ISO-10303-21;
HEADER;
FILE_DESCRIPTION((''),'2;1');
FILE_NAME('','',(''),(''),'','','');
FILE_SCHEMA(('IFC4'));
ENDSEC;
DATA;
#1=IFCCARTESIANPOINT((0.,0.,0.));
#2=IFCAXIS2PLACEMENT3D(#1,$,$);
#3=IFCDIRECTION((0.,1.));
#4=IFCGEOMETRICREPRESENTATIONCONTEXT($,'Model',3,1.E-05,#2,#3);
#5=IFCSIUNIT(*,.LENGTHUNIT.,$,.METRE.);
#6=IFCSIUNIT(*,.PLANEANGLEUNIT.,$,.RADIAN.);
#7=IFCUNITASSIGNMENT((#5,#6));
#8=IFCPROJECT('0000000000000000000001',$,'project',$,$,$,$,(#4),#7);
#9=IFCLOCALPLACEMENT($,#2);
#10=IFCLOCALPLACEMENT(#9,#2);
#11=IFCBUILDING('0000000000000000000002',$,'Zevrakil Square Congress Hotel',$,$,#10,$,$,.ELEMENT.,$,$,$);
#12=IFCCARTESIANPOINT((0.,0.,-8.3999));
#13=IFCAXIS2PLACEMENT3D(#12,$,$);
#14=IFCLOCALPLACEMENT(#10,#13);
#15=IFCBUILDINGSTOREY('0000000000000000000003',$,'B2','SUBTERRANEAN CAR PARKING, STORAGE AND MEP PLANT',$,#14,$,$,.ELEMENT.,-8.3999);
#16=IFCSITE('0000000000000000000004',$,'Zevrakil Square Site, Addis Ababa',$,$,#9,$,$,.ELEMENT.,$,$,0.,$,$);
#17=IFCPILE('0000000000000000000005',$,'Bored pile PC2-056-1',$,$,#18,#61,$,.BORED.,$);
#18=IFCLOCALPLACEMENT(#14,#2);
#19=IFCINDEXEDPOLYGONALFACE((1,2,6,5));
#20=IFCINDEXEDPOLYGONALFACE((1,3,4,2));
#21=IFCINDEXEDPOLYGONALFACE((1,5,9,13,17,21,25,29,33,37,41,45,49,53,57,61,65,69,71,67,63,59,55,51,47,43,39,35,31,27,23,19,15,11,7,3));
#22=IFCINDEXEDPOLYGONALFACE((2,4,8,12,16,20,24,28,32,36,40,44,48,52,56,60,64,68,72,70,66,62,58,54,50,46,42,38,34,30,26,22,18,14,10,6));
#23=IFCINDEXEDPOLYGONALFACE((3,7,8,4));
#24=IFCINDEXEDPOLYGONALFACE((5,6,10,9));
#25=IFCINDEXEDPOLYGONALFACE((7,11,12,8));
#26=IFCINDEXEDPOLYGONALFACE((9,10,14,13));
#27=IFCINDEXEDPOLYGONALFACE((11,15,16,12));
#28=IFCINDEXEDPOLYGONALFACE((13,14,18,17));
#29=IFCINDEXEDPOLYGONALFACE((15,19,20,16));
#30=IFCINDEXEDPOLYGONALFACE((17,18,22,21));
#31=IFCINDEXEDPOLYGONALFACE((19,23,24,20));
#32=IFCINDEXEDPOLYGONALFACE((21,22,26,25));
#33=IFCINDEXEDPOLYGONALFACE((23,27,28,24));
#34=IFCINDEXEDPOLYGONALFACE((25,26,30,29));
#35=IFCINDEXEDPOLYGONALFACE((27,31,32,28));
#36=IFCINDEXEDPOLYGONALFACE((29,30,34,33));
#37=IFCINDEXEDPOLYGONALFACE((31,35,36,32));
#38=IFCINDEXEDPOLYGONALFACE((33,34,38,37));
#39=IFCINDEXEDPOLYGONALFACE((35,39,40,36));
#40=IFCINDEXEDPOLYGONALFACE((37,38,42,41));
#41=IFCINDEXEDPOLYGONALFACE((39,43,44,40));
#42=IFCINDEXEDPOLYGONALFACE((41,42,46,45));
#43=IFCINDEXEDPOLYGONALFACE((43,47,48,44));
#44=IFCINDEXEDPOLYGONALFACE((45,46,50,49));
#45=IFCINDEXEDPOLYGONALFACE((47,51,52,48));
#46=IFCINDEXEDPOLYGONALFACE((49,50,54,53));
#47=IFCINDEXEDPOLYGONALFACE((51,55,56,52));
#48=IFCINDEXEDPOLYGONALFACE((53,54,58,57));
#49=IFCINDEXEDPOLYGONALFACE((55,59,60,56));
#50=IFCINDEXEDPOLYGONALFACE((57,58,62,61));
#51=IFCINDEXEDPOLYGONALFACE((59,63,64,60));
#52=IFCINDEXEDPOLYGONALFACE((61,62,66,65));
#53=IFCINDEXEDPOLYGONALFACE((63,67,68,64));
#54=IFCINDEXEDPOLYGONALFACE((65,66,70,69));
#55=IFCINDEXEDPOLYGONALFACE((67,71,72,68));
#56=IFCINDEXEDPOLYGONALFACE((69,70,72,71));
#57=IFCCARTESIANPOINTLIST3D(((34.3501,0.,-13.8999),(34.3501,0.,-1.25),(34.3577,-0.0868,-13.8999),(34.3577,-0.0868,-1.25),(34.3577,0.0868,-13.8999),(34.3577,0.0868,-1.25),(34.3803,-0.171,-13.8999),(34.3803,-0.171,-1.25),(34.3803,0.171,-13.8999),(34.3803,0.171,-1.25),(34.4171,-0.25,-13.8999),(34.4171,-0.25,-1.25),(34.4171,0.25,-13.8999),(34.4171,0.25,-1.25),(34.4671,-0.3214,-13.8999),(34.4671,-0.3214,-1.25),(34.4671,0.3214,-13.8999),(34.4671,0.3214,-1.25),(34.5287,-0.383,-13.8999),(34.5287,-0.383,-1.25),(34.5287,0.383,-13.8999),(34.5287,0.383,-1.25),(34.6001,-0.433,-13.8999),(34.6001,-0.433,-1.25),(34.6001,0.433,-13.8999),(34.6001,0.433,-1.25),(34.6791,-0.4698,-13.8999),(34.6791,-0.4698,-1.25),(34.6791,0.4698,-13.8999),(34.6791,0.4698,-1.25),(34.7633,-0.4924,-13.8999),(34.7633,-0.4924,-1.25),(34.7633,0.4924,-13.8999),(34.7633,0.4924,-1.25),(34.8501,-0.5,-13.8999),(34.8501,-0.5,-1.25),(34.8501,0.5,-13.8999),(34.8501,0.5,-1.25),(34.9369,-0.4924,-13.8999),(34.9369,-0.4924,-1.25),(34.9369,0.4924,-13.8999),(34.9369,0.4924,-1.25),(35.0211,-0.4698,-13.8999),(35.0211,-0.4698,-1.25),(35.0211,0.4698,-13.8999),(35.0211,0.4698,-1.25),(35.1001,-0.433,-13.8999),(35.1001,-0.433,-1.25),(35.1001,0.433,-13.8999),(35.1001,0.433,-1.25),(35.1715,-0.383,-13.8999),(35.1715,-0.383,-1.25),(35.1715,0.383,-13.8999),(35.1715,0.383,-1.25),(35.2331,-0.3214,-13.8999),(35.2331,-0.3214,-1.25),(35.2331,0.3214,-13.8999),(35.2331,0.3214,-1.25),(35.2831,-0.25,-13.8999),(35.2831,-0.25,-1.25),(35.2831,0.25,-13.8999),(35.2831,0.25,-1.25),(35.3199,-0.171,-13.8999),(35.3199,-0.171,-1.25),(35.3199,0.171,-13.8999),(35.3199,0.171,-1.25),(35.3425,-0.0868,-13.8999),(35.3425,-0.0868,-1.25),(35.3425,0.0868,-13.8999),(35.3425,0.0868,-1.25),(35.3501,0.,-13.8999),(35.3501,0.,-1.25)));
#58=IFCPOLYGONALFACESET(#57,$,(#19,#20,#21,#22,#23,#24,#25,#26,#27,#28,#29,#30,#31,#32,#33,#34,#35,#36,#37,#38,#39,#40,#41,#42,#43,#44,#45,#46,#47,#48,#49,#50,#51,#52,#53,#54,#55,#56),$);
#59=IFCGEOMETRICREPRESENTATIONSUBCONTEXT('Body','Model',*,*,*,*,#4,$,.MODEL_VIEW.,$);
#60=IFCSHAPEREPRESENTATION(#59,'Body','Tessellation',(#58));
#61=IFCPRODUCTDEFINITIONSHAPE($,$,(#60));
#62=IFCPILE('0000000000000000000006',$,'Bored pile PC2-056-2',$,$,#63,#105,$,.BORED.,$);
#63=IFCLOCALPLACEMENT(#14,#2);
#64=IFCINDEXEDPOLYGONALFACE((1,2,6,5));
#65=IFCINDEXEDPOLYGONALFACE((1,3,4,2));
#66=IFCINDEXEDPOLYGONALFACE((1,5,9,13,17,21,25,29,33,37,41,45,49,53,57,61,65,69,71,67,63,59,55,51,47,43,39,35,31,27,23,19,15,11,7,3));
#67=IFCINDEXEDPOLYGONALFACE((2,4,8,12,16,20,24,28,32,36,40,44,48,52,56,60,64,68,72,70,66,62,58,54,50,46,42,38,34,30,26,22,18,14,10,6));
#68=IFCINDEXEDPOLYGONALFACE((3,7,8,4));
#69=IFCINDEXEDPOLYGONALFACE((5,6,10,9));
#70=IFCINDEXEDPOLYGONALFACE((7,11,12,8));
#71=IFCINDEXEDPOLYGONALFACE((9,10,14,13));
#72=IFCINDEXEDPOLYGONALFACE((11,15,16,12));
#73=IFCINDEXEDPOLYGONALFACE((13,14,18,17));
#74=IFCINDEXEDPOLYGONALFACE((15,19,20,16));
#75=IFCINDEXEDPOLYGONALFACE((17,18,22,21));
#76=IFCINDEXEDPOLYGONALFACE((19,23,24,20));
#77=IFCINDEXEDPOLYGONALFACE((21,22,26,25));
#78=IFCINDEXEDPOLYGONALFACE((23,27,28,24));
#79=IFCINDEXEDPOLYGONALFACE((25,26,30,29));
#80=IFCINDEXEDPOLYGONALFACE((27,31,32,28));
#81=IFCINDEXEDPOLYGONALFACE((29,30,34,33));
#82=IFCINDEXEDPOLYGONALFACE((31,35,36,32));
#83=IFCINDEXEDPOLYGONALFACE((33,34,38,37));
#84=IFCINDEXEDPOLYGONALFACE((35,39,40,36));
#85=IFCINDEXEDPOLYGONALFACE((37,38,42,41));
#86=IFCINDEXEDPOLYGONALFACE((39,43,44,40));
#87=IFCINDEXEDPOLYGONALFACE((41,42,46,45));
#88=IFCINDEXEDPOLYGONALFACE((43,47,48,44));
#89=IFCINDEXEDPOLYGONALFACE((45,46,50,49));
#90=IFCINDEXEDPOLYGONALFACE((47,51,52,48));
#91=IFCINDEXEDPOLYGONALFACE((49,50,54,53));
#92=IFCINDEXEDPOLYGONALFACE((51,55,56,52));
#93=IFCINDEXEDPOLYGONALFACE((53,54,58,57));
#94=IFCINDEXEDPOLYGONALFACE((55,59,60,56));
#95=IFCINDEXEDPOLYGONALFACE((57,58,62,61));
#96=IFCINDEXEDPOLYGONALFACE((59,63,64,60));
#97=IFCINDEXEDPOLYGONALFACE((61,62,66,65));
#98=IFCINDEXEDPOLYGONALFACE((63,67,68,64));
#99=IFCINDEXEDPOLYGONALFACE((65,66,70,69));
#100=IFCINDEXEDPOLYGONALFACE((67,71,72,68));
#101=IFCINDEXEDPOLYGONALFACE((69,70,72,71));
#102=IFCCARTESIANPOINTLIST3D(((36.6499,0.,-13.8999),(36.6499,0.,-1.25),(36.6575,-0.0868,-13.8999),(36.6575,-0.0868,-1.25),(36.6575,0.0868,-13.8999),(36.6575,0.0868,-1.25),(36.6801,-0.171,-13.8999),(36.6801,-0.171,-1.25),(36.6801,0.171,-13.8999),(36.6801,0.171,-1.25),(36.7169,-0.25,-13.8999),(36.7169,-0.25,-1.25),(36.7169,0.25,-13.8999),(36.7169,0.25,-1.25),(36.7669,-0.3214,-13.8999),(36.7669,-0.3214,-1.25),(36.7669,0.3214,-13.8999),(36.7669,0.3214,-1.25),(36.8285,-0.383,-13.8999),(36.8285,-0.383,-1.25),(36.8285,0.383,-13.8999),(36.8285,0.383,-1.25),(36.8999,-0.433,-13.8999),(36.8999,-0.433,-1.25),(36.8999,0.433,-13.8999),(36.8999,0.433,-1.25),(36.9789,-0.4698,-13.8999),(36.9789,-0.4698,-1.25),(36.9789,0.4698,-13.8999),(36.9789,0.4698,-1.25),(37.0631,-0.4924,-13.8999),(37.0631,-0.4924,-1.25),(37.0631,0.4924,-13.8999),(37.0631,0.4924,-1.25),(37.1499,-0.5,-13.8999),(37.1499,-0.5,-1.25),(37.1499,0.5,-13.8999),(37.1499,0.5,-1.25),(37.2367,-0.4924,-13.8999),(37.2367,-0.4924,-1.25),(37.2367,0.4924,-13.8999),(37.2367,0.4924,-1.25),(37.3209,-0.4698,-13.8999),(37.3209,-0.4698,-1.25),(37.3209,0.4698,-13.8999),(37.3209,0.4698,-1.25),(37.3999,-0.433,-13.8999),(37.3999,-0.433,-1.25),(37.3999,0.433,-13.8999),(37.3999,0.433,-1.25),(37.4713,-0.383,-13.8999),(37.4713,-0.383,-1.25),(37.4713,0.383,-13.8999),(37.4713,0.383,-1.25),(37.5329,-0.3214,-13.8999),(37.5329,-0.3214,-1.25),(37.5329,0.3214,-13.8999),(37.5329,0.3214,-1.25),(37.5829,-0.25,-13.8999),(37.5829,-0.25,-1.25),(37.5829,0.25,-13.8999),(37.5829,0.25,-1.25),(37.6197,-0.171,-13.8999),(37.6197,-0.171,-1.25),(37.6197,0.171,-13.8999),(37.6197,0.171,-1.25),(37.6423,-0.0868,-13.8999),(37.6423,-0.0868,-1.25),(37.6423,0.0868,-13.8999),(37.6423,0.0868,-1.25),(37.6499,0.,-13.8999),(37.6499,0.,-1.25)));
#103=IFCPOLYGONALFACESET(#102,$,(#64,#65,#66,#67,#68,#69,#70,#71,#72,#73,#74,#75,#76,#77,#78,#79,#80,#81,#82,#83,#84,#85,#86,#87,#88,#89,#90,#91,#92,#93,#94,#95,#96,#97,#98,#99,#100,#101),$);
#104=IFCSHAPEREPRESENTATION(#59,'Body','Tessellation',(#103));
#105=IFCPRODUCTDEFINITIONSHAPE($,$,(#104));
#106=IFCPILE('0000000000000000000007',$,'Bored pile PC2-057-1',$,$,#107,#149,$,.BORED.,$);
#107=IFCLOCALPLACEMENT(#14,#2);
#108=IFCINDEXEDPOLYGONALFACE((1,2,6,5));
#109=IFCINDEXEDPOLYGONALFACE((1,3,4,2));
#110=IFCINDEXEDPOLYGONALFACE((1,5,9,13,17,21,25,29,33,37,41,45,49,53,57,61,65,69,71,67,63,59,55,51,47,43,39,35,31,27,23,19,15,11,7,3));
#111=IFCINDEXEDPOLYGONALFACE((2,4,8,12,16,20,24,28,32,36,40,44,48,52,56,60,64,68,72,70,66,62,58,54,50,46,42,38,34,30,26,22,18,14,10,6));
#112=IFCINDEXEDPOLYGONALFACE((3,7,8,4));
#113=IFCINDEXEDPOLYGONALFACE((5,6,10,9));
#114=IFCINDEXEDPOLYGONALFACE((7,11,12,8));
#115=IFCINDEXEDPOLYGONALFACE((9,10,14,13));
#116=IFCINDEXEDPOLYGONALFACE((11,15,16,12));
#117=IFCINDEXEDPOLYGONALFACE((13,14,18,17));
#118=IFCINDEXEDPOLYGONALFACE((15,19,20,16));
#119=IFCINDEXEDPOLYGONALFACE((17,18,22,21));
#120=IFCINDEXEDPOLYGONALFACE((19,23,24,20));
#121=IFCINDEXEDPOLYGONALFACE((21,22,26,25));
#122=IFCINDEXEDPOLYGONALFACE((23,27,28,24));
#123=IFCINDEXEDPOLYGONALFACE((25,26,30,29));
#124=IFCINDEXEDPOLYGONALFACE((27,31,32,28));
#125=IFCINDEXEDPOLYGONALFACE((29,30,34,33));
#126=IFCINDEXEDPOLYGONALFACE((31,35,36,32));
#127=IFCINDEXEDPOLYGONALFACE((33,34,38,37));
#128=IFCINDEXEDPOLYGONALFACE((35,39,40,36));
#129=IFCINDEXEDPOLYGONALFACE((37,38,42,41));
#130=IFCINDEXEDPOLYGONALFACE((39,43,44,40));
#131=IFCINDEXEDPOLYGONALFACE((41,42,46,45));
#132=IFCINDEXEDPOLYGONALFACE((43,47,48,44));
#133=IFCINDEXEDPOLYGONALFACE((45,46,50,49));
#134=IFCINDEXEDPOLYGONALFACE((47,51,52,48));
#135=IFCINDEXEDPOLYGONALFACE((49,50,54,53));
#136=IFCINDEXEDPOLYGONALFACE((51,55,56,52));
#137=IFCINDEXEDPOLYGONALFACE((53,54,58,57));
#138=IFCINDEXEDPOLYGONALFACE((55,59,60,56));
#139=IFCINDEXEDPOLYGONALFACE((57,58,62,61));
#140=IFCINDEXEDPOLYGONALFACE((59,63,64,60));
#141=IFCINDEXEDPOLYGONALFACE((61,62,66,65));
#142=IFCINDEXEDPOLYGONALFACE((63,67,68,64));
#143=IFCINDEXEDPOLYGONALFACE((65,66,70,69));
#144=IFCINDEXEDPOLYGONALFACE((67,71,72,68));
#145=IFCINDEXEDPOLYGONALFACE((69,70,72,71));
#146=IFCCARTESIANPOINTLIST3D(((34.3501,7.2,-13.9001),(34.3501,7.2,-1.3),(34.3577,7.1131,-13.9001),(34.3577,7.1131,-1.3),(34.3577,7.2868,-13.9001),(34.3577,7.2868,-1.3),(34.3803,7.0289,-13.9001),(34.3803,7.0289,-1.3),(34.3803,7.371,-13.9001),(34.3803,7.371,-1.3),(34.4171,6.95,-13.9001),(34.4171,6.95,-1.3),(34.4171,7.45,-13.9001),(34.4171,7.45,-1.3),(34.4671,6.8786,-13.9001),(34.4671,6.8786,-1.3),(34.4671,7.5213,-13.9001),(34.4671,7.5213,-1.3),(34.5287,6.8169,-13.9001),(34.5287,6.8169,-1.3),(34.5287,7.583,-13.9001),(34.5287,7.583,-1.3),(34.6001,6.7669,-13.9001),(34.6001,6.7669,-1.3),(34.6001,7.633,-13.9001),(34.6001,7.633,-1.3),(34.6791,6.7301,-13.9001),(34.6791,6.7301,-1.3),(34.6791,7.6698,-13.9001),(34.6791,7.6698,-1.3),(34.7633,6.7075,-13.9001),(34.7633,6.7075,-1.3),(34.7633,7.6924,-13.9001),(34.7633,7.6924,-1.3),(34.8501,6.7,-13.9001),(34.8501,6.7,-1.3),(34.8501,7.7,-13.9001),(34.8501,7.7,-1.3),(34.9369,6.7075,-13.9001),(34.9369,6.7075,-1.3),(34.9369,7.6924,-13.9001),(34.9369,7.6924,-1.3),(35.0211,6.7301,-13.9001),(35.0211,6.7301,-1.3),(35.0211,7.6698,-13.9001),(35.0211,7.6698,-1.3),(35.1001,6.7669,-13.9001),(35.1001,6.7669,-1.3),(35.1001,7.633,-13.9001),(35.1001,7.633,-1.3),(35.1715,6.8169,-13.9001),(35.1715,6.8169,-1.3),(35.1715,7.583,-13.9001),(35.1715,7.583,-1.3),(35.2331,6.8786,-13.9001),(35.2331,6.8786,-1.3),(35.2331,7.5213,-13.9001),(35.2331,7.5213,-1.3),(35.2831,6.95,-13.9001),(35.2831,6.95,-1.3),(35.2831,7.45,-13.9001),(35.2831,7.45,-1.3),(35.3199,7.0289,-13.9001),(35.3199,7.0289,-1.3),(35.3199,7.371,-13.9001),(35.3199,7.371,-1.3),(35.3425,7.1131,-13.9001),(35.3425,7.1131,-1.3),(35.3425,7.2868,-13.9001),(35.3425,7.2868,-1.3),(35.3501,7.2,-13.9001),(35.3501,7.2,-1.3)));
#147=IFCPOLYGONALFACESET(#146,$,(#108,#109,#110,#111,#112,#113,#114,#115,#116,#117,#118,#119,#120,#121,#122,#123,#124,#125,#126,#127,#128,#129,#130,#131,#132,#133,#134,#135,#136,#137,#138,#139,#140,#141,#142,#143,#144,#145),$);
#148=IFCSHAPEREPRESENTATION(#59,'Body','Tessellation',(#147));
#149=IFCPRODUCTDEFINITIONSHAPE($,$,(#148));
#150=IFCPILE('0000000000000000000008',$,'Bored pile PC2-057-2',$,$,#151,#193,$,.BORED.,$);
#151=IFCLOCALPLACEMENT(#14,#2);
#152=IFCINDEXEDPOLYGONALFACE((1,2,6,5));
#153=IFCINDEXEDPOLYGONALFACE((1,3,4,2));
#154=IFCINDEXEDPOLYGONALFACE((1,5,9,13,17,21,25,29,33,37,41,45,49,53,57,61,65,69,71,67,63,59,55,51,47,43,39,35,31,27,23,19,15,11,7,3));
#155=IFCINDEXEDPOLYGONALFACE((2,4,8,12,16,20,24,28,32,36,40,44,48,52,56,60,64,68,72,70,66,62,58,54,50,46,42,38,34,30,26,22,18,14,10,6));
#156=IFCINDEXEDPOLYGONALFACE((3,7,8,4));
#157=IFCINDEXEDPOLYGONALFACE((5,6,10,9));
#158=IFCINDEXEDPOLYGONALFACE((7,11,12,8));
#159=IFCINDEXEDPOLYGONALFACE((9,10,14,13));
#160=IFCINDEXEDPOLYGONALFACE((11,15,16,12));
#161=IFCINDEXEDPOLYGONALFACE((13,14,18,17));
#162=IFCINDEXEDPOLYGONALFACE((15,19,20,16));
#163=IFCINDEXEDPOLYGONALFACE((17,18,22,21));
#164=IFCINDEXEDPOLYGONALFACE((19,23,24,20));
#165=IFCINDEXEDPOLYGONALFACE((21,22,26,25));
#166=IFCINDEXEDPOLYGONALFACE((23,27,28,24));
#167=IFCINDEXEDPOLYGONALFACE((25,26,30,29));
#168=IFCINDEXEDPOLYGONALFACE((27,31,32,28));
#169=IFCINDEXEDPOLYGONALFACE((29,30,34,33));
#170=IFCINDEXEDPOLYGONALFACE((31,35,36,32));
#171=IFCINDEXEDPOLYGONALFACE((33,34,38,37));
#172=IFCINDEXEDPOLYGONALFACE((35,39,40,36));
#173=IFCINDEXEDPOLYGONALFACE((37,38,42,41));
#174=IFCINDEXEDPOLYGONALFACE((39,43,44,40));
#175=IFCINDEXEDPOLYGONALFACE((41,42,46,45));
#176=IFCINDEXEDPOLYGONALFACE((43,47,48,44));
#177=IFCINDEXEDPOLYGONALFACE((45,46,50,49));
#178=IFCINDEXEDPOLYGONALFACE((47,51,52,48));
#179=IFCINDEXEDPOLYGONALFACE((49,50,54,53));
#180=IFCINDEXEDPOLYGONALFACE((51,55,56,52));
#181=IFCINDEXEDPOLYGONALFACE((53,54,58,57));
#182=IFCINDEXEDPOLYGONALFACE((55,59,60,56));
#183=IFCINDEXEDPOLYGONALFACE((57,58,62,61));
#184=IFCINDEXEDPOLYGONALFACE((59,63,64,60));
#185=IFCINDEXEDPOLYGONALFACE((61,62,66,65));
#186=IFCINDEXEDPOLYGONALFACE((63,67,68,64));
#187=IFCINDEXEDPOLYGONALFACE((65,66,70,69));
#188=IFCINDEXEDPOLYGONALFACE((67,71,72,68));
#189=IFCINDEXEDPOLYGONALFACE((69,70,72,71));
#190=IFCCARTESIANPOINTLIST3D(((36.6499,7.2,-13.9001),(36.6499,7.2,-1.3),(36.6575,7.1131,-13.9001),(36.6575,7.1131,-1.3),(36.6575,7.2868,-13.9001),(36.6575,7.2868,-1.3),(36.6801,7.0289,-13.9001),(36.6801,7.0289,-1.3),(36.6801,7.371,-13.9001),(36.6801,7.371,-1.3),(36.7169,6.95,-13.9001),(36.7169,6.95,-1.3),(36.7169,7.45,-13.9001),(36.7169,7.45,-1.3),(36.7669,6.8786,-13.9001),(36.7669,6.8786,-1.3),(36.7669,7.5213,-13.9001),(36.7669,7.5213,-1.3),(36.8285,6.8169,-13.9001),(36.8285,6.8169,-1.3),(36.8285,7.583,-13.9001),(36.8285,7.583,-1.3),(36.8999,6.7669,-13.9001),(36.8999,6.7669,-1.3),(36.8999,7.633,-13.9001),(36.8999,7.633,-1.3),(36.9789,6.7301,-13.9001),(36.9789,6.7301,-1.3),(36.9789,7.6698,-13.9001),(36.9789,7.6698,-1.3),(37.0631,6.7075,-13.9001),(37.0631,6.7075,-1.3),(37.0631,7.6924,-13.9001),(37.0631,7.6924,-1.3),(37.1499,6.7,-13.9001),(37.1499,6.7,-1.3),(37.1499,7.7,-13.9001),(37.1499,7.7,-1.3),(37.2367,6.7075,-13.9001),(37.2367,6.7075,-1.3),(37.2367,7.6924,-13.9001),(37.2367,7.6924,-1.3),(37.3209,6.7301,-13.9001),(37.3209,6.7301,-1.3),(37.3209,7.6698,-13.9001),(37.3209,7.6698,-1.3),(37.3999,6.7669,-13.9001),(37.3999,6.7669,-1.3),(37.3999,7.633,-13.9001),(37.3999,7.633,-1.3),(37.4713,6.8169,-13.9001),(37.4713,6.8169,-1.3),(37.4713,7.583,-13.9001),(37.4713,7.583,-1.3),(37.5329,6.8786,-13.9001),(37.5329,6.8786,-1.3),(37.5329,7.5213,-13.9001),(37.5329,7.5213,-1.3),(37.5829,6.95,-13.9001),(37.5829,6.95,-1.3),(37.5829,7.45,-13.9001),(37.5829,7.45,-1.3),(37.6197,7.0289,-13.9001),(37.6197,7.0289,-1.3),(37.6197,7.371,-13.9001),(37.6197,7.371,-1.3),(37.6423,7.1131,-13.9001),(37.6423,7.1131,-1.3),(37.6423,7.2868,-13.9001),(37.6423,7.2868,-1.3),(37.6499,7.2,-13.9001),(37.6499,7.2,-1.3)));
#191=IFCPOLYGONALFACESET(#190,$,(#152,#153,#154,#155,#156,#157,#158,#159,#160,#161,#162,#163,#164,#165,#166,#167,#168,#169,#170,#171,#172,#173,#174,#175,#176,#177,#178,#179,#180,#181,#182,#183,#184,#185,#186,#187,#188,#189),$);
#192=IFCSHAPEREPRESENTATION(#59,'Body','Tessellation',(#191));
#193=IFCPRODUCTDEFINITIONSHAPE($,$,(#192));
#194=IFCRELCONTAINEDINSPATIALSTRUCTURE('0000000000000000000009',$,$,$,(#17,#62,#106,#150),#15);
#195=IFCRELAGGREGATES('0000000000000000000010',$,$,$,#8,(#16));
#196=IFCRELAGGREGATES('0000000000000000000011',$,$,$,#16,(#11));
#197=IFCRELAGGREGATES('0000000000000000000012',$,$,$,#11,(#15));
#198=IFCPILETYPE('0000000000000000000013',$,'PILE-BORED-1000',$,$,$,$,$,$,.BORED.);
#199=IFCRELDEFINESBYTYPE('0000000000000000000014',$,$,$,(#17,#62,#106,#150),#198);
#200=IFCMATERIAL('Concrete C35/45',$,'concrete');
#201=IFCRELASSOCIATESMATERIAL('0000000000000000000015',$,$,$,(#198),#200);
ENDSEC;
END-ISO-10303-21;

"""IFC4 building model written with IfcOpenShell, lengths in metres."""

from ifc_helpers import new_model, si_unit, direction, frame, origin, origin_2d, place, context, subcontext, project, spatial, circle, extrude, material, material_profile, profile_set, type_object, element, save


model = new_model("IFC4")

# Units and contexts
model_context = context("Model", 3, precision=1e-05, world=origin(), true_north=direction((0.0, 1.0)))
body_context = subcontext(model_context, "Body", "Model", "MODEL_VIEW")
ifc_project = project(units=[si_unit("LENGTHUNIT", "METRE"), si_unit("PLANEANGLEUNIT", "RADIAN")], contexts=[model_context])

# Site, building, storey
site_placement = place(None, origin())
site = spatial("IfcSite", under=ifc_project, at=site_placement, Name="Zevrakil Square Site, Addis Ababa", CompositionType="ELEMENT", RefElevation=0.0)
building_placement = place(site_placement, origin())
building = spatial("IfcBuilding", under=site, at=building_placement, Name="Zevrakil Square Congress Hotel", CompositionType="ELEMENT")
storey_placement = place(building_placement, frame((0.0, 0.0, -8.3999)))
storey = spatial("IfcBuildingStorey", under=building, at=storey_placement, Name="B2", Description="SUBTERRANEAN CAR PARKING, STORAGE AND MEP PLANT", CompositionType="ELEMENT", Elevation=-8.3999)

# Piles
ifc_material_1 = material(Name="Concrete C35/45", Category="concrete")
ifc_material_profile_1 = material_profile(ifc_material_1, circle(Radius=0.5, at=origin_2d()), Name="PILE D1000")
ifc_profile_set_1 = profile_set([ifc_material_profile_1], Name="Concrete C35/45")
pile_type = type_object("IfcPileType", Name="PILE-BORED-1000", PredefinedType="BORED", material=ifc_profile_set_1)
for number, where, z_axis, x_axis, name in (
    (1, (34.8501, 0.0, -1.25), (0.0, 0.0, -1.0), (1.0, 0.0, 0.0), "Bored pile PC2-056-1"),
    (2, (37.1499, 0.0, -1.25), (0.0, 0.0, -1.0), (1.0, 0.0, 0.0), "Bored pile PC2-056-2"),
):
    element("IfcPile", number, at=place(storey_placement, frame(where, z_axis=z_axis, x_axis=x_axis)), inside=storey, type_object=pile_type, Name=name, PredefinedType="BORED", context=body_context, shape_type="SweptSolid", body=[
        extrude(circle(Radius=0.5, at=origin_2d()), origin(), (0.0, 0.0, 1.0), 12.6499),
    ])
for number, where, z_axis, x_axis, name in (
    (3, (34.8501, 7.2, -1.3), (0.0, 0.0, -1.0), (1.0, 0.0, 0.0), "Bored pile PC2-057-1"),
    (4, (37.1499, 7.2, -1.3), (0.0, 0.0, -1.0), (1.0, 0.0, 0.0), "Bored pile PC2-057-2"),
):
    element("IfcPile", number, at=place(storey_placement, frame(where, z_axis=z_axis, x_axis=x_axis)), inside=storey, type_object=pile_type, Name=name, PredefinedType="BORED", context=body_context, shape_type="SweptSolid", body=[
        extrude(circle(Radius=0.5, at=origin_2d()), origin(), (0.0, 0.0, 1.0), 12.6001),
    ])

save(model, "model.ifc")
